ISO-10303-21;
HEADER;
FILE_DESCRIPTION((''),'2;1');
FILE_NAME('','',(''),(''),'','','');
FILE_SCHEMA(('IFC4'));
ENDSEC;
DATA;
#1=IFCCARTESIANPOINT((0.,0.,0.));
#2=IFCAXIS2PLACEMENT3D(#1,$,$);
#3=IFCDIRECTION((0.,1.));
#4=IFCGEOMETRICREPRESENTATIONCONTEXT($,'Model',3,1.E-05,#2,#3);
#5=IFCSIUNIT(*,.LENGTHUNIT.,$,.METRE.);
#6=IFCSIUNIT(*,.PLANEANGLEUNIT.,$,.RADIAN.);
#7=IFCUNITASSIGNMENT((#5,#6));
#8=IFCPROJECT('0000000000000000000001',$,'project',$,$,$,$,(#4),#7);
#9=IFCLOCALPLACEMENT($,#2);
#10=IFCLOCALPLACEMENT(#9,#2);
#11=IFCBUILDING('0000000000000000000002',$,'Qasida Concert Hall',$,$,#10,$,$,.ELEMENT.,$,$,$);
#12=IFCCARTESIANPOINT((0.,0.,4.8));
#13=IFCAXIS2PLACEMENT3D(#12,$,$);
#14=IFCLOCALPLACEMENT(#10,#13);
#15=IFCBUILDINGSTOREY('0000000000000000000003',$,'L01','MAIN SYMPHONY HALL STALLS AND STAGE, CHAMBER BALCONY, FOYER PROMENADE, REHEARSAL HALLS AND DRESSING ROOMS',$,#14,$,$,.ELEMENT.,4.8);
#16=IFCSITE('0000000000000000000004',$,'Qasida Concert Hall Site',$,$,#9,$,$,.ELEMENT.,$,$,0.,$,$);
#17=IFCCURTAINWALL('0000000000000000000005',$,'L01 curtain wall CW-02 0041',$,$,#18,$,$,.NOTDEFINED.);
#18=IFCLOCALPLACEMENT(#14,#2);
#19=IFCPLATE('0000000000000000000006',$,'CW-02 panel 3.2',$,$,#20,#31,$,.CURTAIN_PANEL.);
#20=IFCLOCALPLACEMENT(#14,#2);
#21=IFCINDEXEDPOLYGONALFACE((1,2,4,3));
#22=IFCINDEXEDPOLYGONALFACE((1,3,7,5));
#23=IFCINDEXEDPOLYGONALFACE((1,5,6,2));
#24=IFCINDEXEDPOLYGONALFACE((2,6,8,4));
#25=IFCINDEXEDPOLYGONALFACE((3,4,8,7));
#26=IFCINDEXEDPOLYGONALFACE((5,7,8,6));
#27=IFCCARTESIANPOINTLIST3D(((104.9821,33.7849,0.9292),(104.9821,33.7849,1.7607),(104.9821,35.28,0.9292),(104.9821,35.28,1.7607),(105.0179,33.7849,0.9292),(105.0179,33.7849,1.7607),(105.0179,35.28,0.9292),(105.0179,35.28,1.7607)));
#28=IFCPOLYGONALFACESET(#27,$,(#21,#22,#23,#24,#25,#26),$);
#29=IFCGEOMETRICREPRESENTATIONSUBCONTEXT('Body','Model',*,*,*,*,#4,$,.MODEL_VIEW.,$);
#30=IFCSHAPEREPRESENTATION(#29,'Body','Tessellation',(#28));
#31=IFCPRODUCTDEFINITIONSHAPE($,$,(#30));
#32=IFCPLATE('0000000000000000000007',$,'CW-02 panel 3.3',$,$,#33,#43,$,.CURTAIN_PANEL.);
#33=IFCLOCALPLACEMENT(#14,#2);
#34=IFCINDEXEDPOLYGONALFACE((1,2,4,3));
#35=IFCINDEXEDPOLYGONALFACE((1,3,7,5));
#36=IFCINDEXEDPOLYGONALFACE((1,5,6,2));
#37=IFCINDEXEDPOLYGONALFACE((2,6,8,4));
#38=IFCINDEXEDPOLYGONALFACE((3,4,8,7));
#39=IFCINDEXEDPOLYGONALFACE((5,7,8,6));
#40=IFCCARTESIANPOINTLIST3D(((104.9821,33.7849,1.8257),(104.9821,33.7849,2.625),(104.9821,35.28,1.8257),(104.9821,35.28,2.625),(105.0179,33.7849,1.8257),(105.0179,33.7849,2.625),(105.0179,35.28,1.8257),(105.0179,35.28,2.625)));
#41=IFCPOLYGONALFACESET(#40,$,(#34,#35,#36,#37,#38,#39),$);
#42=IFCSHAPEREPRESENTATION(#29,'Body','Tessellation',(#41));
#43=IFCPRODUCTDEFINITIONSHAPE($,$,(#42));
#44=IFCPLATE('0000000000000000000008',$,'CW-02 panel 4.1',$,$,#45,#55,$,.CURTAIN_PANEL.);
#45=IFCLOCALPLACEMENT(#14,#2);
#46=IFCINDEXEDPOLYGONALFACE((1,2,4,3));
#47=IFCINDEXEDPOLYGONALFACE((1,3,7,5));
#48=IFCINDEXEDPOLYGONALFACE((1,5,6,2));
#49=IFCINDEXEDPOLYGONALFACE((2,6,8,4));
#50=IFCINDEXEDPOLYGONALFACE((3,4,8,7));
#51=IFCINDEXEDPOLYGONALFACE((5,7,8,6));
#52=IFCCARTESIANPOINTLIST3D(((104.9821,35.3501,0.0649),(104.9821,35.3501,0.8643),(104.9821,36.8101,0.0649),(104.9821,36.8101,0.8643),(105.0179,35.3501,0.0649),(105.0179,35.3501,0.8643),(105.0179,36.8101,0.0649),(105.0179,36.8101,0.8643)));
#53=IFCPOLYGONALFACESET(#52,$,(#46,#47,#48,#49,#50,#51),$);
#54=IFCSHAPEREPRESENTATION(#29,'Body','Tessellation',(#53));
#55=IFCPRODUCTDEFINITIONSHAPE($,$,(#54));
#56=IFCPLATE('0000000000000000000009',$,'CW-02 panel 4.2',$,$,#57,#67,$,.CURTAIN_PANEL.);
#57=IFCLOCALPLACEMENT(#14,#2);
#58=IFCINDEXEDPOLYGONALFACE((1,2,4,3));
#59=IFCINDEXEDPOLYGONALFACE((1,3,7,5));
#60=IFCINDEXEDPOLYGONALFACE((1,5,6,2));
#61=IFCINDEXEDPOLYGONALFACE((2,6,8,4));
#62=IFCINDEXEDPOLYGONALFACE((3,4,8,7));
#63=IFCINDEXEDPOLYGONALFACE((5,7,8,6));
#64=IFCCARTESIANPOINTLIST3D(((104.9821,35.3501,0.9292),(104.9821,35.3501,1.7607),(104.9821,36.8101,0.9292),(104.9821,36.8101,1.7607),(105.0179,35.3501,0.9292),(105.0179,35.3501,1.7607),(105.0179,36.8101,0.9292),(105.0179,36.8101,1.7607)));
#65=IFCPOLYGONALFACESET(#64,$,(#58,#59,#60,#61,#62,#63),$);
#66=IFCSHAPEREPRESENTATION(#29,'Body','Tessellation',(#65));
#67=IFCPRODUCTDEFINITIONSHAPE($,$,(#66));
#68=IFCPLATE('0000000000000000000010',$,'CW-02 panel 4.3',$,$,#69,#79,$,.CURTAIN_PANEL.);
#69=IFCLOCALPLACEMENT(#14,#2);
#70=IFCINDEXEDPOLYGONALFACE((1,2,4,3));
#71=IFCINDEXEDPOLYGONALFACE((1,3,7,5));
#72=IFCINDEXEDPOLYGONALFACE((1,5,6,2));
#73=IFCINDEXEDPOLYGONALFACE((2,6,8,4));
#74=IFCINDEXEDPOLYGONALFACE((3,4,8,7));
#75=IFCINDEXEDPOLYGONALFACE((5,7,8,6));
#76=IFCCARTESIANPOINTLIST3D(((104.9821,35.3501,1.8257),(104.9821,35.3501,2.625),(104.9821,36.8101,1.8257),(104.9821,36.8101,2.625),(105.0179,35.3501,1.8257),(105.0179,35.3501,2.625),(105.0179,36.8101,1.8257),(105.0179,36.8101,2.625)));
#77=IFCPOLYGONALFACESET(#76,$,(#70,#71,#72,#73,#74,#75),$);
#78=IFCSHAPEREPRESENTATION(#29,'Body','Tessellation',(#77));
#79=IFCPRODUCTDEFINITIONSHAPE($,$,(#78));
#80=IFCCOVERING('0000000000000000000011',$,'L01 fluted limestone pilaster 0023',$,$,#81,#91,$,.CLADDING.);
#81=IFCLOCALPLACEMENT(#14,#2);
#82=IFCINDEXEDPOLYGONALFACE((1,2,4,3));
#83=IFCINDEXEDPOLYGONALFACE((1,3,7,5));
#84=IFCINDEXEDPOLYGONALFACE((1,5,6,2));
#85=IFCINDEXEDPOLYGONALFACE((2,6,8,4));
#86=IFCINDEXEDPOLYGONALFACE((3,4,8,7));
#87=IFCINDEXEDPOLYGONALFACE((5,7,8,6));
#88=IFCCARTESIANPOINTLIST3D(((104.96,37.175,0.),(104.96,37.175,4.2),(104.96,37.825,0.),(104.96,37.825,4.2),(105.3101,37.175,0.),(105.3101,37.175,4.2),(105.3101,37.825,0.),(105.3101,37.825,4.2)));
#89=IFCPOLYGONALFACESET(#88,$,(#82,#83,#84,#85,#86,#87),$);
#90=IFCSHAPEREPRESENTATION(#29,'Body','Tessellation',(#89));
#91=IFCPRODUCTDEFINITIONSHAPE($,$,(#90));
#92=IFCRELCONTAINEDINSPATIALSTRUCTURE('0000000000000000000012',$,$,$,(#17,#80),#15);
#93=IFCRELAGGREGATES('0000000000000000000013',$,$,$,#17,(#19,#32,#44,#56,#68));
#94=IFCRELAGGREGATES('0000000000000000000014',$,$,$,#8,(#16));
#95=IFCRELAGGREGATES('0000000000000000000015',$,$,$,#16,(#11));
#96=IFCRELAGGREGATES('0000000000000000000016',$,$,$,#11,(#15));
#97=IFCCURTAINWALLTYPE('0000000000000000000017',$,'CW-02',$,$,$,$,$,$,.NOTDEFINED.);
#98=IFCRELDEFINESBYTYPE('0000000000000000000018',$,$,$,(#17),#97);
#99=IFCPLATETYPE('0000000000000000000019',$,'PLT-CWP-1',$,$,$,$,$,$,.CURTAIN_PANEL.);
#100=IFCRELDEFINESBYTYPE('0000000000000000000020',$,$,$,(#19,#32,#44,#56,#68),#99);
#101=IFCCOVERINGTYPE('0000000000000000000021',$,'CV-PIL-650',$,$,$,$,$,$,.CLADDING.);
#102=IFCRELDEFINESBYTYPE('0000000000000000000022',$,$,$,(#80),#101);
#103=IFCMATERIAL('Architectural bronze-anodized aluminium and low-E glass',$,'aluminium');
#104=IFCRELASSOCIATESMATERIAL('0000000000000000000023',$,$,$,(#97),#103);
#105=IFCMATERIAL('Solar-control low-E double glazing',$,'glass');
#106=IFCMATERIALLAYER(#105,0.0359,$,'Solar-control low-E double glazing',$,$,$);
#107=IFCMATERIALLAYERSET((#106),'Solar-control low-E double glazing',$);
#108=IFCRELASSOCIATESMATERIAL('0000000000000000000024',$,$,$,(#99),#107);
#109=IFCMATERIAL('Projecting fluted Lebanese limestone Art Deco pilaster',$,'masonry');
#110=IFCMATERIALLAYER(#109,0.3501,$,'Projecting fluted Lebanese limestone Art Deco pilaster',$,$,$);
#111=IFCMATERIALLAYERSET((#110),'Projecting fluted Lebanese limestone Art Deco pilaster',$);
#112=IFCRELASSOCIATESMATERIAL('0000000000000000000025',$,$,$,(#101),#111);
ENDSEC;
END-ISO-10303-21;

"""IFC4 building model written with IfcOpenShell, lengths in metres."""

from ifc_helpers import new_model, si_unit, direction, frame, origin, origin_2d, place, context, subcontext, project, spatial, rectangle, extrude, material, layer, layer_set, type_object, element, aggregate, save


model = new_model("IFC4")

# Units and contexts
model_context = context("Model", 3, precision=1e-05, world=origin(), true_north=direction((0.0, 1.0)))
body_context = subcontext(model_context, "Body", "Model", "MODEL_VIEW")
ifc_project = project(units=[si_unit("LENGTHUNIT", "METRE"), si_unit("PLANEANGLEUNIT", "RADIAN")], contexts=[model_context])

# Site, building, storey
site_placement = place(None, origin())
site = spatial("IfcSite", under=ifc_project, at=site_placement, Name="Qasida Concert Hall Site", CompositionType="ELEMENT", RefElevation=0.0)
building_placement = place(site_placement, origin())
building = spatial("IfcBuilding", under=site, at=building_placement, Name="Qasida Concert Hall", CompositionType="ELEMENT")
storey_placement = place(building_placement, frame((0.0, 0.0, 4.8)))
storey = spatial("IfcBuildingStorey", under=building, at=storey_placement, Name="L01", Description="MAIN SYMPHONY HALL STALLS AND STAGE, CHAMBER BALCONY, FOYER PROMENADE, REHEARSAL HALLS AND DRESSING ROOMS", CompositionType="ELEMENT", Elevation=4.8)

# Curtain wall, plates
ifc_material_1 = material(Name="Architectural bronze-anodized aluminium and low-E glass", Category="aluminium")
curtain_wall_type = type_object("IfcCurtainWallType", Name="CW-02", PredefinedType="NOTDEFINED", material=ifc_material_1)
curtain_wall_placement = place(storey_placement, origin())
curtain_wall = element("IfcCurtainWall", 1, at=curtain_wall_placement, inside=storey, type_object=curtain_wall_type, Name="L01 curtain wall CW-02 0041", PredefinedType="NOTDEFINED")
ifc_material_2 = material(Name="Solar-control low-E double glazing", Category="glass")
ifc_layer_1 = layer(ifc_material_2, 0.0359, Name="Solar-control low-E double glazing")
ifc_layer_set_1 = layer_set([ifc_layer_1], Name="Solar-control low-E double glazing")
plate_type = type_object("IfcPlateType", Name="PLT-CWP-1", PredefinedType="CURTAIN_PANEL", material=ifc_layer_set_1)
plate_1_placement = place(storey_placement, frame((105.0, 34.5325, 0.9292), z_axis=(0.0, 0.0, 1.0), x_axis=(0.0, 1.0, 0.0)))
plate_1 = element("IfcPlate", 2, at=plate_1_placement, type_object=plate_type, Name="CW-02 panel 3.2", PredefinedType="CURTAIN_PANEL", context=body_context, shape_type="SweptSolid", body=[
    extrude(rectangle(XDim=1.4951, YDim=0.0359, at=origin_2d()), origin(), (0.0, 0.0, 1.0), 0.8315),
])
plate_2_placement = place(storey_placement, frame((105.0, 34.5325, 1.8257), z_axis=(0.0, 0.0, 1.0), x_axis=(0.0, 1.0, 0.0)))
plate_2 = element("IfcPlate", 3, at=plate_2_placement, type_object=plate_type, Name="CW-02 panel 3.3", PredefinedType="CURTAIN_PANEL", context=body_context, shape_type="SweptSolid", body=[
    extrude(rectangle(XDim=1.4951, YDim=0.0359, at=origin_2d()), origin(), (0.0, 0.0, 1.0), 0.7993),
])
plate_3_placement = place(storey_placement, frame((105.0, 36.0801, 0.0649), z_axis=(0.0, 0.0, 1.0), x_axis=(0.0, 1.0, 0.0)))
plate_3 = element("IfcPlate", 4, at=plate_3_placement, type_object=plate_type, Name="CW-02 panel 4.1", PredefinedType="CURTAIN_PANEL", context=body_context, shape_type="SweptSolid", body=[
    extrude(rectangle(XDim=1.46, YDim=0.0359, at=origin_2d()), origin(), (0.0, 0.0, 1.0), 0.7993),
])
plate_4_placement = place(storey_placement, frame((105.0, 36.0801, 0.9292), z_axis=(0.0, 0.0, 1.0), x_axis=(0.0, 1.0, 0.0)))
plate_4 = element("IfcPlate", 5, at=plate_4_placement, type_object=plate_type, Name="CW-02 panel 4.2", PredefinedType="CURTAIN_PANEL", context=body_context, shape_type="SweptSolid", body=[
    extrude(rectangle(XDim=1.46, YDim=0.0359, at=origin_2d()), origin(), (0.0, 0.0, 1.0), 0.8315),
])
plate_5_placement = place(storey_placement, frame((105.0, 36.0801, 1.8257), z_axis=(0.0, 0.0, 1.0), x_axis=(0.0, 1.0, 0.0)))
plate_5 = element("IfcPlate", 6, at=plate_5_placement, type_object=plate_type, Name="CW-02 panel 4.3", PredefinedType="CURTAIN_PANEL", context=body_context, shape_type="SweptSolid", body=[
    extrude(rectangle(XDim=1.46, YDim=0.0359, at=origin_2d()), origin(), (0.0, 0.0, 1.0), 0.7993),
])
aggregate(curtain_wall, [plate_1, plate_2, plate_3, plate_4, plate_5])

# Covering
ifc_material_3 = material(Name="Projecting fluted Lebanese limestone Art Deco pilaster", Category="masonry")
ifc_layer_2 = layer(ifc_material_3, 0.3501, Name="Projecting fluted Lebanese limestone Art Deco pilaster")
ifc_layer_set_2 = layer_set([ifc_layer_2], Name="Projecting fluted Lebanese limestone Art Deco pilaster")
covering_type = type_object("IfcCoveringType", Name="CV-PIL-650", PredefinedType="CLADDING", material=ifc_layer_set_2)
covering_placement = place(storey_placement, frame((105.135, 37.5, 0.0), z_axis=(0.0, 0.0, 1.0), x_axis=(1.0, 0.0, 0.0)))
element("IfcCovering", 7, at=covering_placement, inside=storey, type_object=covering_type, Name="L01 fluted limestone pilaster 0023", PredefinedType="CLADDING", context=body_context, shape_type="SweptSolid", body=[
    extrude(rectangle(XDim=0.3501, YDim=0.6499, at=origin_2d()), origin(), (0.0, 0.0, 1.0), 4.2),
])

save(model, "model.ifc")
